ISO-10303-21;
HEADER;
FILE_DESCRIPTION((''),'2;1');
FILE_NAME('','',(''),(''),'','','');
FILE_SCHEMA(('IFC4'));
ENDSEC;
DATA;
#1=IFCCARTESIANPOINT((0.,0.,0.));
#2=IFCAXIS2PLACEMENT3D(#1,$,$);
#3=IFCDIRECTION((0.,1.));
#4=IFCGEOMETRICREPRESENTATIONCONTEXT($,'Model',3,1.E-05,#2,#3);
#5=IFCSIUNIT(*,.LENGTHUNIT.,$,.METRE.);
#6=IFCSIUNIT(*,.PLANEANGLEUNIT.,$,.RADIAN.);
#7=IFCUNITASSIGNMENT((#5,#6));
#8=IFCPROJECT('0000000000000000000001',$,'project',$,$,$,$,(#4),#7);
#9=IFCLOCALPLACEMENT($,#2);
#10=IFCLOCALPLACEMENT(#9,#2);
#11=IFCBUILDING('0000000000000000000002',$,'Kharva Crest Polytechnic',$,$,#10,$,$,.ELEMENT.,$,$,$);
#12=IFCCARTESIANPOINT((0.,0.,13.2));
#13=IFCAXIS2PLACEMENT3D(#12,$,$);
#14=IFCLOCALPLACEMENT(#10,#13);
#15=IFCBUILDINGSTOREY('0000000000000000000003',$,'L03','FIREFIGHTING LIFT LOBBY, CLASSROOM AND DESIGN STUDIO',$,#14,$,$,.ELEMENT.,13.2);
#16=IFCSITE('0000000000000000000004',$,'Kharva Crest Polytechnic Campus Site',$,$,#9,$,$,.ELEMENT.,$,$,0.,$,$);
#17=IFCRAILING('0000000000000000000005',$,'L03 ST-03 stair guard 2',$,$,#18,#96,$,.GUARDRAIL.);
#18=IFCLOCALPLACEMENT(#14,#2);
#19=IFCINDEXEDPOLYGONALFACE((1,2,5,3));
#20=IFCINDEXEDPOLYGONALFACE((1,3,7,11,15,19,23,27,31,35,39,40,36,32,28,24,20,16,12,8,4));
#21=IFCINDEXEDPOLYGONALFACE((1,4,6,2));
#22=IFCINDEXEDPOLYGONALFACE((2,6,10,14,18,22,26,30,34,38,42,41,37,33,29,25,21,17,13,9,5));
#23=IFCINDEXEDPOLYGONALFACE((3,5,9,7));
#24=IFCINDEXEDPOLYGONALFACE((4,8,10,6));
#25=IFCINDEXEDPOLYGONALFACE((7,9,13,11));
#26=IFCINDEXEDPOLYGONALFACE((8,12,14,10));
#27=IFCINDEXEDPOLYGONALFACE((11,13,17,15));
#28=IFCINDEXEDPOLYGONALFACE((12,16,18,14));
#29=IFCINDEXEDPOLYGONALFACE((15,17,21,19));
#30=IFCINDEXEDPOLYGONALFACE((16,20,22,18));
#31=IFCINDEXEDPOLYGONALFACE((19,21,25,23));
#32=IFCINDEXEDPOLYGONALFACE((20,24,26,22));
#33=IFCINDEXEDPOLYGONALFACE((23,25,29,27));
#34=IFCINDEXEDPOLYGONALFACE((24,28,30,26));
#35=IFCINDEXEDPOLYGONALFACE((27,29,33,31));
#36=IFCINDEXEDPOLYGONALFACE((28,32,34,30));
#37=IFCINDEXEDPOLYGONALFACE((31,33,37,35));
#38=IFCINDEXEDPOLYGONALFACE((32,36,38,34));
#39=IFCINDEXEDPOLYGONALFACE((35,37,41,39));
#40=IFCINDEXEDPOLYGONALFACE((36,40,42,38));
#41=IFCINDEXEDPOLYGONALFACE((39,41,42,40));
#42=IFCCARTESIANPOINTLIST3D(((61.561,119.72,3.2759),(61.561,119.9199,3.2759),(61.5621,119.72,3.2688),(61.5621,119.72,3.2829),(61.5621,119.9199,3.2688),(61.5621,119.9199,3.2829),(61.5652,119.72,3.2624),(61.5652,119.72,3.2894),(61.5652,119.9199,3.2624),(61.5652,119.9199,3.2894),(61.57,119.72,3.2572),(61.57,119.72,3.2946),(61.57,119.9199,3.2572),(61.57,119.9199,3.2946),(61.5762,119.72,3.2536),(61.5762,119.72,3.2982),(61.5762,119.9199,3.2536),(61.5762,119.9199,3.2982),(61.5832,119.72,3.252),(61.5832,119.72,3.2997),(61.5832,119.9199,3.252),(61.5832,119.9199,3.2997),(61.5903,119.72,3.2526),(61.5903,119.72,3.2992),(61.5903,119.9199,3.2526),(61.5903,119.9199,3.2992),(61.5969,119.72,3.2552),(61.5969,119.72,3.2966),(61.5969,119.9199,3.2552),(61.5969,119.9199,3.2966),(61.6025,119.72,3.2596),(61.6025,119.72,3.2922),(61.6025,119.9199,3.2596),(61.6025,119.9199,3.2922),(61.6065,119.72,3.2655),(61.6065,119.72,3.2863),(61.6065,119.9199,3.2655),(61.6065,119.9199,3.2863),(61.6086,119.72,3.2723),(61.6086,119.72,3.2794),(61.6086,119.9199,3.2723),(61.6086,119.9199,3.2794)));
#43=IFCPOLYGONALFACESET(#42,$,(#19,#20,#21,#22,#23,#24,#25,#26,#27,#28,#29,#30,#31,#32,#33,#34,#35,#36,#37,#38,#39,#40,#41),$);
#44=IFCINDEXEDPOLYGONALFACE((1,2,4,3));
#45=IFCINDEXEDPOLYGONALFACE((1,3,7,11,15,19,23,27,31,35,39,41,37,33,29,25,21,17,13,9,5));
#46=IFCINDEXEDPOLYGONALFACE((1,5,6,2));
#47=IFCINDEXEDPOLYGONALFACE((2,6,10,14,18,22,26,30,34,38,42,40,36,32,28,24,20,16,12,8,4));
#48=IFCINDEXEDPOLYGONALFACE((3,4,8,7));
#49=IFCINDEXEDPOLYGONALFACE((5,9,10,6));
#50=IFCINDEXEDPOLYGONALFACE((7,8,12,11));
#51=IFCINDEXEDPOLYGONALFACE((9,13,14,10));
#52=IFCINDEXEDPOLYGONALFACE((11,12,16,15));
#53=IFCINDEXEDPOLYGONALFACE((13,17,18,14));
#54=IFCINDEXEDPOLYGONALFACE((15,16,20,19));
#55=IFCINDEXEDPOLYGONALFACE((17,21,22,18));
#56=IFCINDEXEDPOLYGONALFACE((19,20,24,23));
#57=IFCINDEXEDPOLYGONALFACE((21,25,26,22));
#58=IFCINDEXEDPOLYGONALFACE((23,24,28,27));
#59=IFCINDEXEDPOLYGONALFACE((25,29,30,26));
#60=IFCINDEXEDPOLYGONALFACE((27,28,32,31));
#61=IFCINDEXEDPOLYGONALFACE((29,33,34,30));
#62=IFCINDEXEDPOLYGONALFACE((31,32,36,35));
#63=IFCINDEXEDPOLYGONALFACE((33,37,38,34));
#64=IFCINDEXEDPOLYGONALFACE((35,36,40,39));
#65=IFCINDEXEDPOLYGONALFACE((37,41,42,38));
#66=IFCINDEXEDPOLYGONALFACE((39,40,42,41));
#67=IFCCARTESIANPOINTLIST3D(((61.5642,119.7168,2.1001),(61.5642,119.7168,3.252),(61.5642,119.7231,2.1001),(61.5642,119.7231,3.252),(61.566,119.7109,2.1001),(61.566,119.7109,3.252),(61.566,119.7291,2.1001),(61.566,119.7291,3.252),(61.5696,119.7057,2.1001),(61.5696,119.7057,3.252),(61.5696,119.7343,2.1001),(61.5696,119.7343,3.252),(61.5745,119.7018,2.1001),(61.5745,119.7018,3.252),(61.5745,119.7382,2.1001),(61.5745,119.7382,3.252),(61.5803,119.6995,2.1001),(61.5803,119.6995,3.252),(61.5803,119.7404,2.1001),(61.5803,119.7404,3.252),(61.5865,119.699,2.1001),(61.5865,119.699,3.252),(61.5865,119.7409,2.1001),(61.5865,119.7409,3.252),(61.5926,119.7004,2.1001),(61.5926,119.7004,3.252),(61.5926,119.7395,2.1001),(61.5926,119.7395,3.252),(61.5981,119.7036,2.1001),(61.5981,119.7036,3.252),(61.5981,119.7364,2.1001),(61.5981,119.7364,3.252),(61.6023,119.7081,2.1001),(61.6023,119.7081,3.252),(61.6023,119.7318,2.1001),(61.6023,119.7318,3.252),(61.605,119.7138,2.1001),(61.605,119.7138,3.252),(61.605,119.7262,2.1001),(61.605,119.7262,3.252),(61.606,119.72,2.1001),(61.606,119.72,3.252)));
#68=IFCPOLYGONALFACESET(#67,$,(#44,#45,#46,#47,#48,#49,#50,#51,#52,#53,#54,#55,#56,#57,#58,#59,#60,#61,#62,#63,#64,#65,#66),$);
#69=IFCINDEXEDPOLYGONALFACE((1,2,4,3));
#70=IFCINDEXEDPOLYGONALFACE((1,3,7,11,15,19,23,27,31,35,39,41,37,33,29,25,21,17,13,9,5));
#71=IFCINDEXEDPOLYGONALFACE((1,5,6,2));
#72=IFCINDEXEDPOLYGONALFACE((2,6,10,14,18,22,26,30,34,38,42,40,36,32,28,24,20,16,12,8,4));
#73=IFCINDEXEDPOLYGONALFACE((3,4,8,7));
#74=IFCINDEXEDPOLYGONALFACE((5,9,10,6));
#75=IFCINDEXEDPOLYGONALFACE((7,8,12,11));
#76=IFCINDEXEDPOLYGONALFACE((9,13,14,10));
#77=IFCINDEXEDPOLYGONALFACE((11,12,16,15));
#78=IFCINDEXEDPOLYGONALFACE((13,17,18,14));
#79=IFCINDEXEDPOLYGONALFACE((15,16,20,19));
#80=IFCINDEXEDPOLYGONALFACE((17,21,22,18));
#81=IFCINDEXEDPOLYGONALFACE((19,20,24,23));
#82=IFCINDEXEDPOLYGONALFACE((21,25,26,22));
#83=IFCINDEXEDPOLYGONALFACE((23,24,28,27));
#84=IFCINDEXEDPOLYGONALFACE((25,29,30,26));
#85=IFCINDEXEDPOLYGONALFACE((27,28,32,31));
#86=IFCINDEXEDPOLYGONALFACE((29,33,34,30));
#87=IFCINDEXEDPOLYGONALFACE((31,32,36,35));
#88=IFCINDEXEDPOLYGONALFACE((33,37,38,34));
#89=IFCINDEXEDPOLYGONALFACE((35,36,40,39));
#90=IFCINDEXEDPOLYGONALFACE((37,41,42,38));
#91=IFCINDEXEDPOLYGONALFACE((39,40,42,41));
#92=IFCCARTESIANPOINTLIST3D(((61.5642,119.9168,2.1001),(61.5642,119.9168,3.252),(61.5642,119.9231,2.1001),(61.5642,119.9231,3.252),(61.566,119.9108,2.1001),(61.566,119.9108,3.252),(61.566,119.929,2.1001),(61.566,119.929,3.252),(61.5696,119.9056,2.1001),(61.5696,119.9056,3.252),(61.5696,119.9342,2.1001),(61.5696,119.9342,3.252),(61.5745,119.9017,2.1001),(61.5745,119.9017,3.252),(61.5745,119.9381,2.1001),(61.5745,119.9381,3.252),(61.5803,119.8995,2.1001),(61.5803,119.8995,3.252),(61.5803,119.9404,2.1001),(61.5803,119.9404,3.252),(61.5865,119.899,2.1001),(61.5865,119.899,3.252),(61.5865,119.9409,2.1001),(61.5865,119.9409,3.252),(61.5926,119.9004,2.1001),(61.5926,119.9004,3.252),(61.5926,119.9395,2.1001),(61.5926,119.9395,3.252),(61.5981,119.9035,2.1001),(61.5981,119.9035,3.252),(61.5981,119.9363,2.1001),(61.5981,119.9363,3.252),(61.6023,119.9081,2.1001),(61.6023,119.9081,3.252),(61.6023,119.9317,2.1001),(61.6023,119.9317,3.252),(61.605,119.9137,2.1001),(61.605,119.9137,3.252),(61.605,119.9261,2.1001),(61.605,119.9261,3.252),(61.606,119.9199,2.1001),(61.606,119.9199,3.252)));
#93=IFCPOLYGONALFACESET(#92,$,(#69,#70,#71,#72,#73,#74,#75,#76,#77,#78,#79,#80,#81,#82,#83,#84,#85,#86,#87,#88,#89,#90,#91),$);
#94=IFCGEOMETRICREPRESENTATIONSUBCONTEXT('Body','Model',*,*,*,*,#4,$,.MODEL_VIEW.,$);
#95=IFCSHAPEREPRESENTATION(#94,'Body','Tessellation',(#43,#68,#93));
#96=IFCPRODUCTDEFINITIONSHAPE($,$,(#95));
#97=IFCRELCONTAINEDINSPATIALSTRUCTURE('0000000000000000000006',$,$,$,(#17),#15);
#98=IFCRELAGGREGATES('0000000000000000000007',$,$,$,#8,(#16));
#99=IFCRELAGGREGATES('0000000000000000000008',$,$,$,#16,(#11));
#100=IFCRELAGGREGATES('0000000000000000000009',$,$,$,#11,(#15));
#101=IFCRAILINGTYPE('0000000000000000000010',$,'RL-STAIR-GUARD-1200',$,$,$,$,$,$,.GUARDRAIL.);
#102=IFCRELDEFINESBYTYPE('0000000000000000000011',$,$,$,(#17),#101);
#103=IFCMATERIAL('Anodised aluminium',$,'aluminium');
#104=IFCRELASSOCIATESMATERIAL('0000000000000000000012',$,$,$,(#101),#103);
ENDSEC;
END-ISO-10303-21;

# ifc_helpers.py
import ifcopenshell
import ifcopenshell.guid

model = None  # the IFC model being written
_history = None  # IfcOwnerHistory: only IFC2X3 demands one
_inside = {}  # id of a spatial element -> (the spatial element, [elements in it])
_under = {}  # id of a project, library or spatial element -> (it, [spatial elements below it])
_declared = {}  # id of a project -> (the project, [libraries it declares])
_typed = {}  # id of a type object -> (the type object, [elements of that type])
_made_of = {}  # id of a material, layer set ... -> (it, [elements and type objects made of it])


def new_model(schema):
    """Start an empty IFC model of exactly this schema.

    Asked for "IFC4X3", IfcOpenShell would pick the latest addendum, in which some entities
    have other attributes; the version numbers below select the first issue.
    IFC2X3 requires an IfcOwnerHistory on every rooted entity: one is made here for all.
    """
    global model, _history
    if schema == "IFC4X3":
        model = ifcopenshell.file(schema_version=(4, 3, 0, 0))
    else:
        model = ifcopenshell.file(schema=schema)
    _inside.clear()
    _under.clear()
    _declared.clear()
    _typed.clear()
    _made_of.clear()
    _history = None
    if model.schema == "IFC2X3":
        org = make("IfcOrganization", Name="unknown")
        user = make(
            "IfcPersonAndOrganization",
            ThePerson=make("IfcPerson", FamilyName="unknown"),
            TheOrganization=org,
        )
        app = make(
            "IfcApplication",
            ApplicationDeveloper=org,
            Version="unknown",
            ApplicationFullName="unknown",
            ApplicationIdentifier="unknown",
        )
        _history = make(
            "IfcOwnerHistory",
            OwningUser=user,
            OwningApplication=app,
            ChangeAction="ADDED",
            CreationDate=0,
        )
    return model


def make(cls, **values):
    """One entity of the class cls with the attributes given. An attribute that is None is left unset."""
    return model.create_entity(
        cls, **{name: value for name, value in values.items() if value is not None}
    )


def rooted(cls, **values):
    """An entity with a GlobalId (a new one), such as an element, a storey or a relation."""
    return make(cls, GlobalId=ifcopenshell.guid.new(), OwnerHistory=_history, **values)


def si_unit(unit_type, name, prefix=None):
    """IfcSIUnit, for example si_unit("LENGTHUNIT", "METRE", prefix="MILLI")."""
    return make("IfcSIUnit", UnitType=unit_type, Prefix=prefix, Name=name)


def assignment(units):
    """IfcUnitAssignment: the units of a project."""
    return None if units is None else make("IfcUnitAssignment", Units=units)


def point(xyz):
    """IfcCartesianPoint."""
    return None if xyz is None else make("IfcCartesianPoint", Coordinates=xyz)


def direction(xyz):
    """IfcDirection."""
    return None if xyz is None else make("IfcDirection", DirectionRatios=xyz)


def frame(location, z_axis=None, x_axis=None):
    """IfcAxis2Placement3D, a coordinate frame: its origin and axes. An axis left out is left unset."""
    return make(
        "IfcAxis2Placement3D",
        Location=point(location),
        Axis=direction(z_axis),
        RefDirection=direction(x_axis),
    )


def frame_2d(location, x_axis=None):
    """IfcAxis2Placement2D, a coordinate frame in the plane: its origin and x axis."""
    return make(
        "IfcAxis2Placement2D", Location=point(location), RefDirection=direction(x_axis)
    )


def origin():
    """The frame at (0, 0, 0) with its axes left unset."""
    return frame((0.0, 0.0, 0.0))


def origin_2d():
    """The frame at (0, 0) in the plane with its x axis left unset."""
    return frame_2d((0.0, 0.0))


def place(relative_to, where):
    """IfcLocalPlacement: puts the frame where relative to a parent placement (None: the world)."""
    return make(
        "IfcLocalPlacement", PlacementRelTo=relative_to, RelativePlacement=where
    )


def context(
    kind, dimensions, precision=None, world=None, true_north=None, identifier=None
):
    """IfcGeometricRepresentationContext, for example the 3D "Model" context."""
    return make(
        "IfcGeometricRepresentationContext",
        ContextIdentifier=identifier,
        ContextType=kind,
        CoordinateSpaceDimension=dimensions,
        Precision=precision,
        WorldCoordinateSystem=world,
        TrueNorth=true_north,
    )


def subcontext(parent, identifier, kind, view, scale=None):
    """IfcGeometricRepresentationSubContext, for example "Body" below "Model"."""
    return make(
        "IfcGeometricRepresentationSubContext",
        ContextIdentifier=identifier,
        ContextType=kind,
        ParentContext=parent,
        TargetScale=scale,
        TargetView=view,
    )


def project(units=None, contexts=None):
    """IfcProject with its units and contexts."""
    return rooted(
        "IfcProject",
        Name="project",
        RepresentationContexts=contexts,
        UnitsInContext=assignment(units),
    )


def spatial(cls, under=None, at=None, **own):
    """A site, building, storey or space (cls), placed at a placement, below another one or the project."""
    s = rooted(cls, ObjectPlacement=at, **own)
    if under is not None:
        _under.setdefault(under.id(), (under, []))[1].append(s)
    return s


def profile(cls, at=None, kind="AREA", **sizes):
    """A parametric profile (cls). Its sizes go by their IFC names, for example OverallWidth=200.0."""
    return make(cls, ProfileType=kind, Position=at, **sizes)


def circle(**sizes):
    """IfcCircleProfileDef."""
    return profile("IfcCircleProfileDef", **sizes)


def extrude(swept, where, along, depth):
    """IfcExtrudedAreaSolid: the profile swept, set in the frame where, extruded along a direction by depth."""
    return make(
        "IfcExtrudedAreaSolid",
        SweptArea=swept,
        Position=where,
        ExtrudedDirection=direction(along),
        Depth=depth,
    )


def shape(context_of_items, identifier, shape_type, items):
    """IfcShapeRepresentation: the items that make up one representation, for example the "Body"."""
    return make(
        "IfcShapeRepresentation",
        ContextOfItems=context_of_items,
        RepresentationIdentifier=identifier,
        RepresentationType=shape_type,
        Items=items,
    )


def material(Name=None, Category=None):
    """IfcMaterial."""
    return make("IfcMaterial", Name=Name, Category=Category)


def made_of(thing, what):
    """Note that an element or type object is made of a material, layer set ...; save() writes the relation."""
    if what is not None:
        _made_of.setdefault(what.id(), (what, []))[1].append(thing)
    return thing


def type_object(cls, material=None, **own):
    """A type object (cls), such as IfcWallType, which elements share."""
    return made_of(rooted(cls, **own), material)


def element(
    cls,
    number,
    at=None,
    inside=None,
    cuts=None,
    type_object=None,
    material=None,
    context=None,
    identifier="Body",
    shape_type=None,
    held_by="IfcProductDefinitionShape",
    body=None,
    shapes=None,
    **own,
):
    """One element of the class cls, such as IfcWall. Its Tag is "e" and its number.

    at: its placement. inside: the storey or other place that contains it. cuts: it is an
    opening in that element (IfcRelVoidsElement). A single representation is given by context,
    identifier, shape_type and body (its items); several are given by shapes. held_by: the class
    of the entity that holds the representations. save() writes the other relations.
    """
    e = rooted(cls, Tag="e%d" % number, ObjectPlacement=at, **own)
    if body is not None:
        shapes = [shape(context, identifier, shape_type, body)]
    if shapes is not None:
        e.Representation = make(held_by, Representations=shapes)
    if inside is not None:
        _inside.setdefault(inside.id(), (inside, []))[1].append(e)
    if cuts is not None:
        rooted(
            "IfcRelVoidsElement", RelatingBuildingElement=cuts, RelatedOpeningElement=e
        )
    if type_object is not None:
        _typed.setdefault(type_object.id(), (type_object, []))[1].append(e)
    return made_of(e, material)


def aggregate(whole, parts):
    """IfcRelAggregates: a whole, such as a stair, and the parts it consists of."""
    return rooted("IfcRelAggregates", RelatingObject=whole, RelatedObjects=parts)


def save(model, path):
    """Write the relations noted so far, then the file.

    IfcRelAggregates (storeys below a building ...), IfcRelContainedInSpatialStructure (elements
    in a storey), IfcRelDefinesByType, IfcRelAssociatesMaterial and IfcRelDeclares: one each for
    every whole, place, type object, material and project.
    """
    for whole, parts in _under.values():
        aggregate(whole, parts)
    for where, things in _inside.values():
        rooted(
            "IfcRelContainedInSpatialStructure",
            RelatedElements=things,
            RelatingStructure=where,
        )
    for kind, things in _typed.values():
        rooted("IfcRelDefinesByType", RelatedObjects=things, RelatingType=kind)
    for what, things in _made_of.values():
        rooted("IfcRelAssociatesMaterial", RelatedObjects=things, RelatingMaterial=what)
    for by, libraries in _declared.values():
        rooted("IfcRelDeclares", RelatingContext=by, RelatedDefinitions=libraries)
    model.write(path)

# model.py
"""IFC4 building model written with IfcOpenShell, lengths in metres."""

from ifc_helpers import new_model, si_unit, direction, frame, origin, origin_2d, place, context, subcontext, project, spatial, circle, extrude, material, type_object, element, save


model = new_model("IFC4")

# Units and contexts
model_context = context("Model", 3, precision=1e-05, world=origin(), true_north=direction((0.0, 1.0)))
body_context = subcontext(model_context, "Body", "Model", "MODEL_VIEW")
ifc_project = project(units=[si_unit("LENGTHUNIT", "METRE"), si_unit("PLANEANGLEUNIT", "RADIAN")], contexts=[model_context])

# Site, building, storey
site_placement = place(None, origin())
site = spatial("IfcSite", under=ifc_project, at=site_placement, Name="Kharva Crest Polytechnic Campus Site", CompositionType="ELEMENT", RefElevation=0.0)
building_placement = place(site_placement, origin())
building = spatial("IfcBuilding", under=site, at=building_placement, Name="Kharva Crest Polytechnic", CompositionType="ELEMENT")
storey_placement = place(building_placement, frame((0.0, 0.0, 13.2)))
storey = spatial("IfcBuildingStorey", under=building, at=storey_placement, Name="L03", Description="FIREFIGHTING LIFT LOBBY, CLASSROOM AND DESIGN STUDIO", CompositionType="ELEMENT", Elevation=13.2)

# Shared definitions
ifc_material_1 = material(Name="Anodised aluminium", Category="aluminium")

# Railing
railing_type_1 = type_object("IfcRailingType", Name="RL-STAIR-GUARD-1200", PredefinedType="GUARDRAIL", material=ifc_material_1)
railing_1_placement = place(storey_placement, frame((61.585, 119.72, 2.1001)))
element("IfcRailing", 1, at=railing_1_placement, inside=storey, type_object=railing_type_1, Name="L03 ST-03 stair guard 2", PredefinedType="GUARDRAIL", context=body_context, shape_type="SweptSolid", body=[
    extrude(circle(Radius=0.0239, at=origin_2d()), frame((0.0, 0.0, 1.1758), z_axis=(0.0, 1.0, 0.0), x_axis=(-1.0, 0.0, 0.0)), (0.0, 0.0, 1.0), 0.2),
    extrude(circle(Radius=0.021, at=origin_2d()), origin(), (0.0, 0.0, 1.0), 1.1519),
    extrude(circle(Radius=0.021, at=origin_2d()), frame((0.0, 0.2, 0.0)), (0.0, 0.0, 1.0), 1.1519),
])

save(model, "model.ifc")
